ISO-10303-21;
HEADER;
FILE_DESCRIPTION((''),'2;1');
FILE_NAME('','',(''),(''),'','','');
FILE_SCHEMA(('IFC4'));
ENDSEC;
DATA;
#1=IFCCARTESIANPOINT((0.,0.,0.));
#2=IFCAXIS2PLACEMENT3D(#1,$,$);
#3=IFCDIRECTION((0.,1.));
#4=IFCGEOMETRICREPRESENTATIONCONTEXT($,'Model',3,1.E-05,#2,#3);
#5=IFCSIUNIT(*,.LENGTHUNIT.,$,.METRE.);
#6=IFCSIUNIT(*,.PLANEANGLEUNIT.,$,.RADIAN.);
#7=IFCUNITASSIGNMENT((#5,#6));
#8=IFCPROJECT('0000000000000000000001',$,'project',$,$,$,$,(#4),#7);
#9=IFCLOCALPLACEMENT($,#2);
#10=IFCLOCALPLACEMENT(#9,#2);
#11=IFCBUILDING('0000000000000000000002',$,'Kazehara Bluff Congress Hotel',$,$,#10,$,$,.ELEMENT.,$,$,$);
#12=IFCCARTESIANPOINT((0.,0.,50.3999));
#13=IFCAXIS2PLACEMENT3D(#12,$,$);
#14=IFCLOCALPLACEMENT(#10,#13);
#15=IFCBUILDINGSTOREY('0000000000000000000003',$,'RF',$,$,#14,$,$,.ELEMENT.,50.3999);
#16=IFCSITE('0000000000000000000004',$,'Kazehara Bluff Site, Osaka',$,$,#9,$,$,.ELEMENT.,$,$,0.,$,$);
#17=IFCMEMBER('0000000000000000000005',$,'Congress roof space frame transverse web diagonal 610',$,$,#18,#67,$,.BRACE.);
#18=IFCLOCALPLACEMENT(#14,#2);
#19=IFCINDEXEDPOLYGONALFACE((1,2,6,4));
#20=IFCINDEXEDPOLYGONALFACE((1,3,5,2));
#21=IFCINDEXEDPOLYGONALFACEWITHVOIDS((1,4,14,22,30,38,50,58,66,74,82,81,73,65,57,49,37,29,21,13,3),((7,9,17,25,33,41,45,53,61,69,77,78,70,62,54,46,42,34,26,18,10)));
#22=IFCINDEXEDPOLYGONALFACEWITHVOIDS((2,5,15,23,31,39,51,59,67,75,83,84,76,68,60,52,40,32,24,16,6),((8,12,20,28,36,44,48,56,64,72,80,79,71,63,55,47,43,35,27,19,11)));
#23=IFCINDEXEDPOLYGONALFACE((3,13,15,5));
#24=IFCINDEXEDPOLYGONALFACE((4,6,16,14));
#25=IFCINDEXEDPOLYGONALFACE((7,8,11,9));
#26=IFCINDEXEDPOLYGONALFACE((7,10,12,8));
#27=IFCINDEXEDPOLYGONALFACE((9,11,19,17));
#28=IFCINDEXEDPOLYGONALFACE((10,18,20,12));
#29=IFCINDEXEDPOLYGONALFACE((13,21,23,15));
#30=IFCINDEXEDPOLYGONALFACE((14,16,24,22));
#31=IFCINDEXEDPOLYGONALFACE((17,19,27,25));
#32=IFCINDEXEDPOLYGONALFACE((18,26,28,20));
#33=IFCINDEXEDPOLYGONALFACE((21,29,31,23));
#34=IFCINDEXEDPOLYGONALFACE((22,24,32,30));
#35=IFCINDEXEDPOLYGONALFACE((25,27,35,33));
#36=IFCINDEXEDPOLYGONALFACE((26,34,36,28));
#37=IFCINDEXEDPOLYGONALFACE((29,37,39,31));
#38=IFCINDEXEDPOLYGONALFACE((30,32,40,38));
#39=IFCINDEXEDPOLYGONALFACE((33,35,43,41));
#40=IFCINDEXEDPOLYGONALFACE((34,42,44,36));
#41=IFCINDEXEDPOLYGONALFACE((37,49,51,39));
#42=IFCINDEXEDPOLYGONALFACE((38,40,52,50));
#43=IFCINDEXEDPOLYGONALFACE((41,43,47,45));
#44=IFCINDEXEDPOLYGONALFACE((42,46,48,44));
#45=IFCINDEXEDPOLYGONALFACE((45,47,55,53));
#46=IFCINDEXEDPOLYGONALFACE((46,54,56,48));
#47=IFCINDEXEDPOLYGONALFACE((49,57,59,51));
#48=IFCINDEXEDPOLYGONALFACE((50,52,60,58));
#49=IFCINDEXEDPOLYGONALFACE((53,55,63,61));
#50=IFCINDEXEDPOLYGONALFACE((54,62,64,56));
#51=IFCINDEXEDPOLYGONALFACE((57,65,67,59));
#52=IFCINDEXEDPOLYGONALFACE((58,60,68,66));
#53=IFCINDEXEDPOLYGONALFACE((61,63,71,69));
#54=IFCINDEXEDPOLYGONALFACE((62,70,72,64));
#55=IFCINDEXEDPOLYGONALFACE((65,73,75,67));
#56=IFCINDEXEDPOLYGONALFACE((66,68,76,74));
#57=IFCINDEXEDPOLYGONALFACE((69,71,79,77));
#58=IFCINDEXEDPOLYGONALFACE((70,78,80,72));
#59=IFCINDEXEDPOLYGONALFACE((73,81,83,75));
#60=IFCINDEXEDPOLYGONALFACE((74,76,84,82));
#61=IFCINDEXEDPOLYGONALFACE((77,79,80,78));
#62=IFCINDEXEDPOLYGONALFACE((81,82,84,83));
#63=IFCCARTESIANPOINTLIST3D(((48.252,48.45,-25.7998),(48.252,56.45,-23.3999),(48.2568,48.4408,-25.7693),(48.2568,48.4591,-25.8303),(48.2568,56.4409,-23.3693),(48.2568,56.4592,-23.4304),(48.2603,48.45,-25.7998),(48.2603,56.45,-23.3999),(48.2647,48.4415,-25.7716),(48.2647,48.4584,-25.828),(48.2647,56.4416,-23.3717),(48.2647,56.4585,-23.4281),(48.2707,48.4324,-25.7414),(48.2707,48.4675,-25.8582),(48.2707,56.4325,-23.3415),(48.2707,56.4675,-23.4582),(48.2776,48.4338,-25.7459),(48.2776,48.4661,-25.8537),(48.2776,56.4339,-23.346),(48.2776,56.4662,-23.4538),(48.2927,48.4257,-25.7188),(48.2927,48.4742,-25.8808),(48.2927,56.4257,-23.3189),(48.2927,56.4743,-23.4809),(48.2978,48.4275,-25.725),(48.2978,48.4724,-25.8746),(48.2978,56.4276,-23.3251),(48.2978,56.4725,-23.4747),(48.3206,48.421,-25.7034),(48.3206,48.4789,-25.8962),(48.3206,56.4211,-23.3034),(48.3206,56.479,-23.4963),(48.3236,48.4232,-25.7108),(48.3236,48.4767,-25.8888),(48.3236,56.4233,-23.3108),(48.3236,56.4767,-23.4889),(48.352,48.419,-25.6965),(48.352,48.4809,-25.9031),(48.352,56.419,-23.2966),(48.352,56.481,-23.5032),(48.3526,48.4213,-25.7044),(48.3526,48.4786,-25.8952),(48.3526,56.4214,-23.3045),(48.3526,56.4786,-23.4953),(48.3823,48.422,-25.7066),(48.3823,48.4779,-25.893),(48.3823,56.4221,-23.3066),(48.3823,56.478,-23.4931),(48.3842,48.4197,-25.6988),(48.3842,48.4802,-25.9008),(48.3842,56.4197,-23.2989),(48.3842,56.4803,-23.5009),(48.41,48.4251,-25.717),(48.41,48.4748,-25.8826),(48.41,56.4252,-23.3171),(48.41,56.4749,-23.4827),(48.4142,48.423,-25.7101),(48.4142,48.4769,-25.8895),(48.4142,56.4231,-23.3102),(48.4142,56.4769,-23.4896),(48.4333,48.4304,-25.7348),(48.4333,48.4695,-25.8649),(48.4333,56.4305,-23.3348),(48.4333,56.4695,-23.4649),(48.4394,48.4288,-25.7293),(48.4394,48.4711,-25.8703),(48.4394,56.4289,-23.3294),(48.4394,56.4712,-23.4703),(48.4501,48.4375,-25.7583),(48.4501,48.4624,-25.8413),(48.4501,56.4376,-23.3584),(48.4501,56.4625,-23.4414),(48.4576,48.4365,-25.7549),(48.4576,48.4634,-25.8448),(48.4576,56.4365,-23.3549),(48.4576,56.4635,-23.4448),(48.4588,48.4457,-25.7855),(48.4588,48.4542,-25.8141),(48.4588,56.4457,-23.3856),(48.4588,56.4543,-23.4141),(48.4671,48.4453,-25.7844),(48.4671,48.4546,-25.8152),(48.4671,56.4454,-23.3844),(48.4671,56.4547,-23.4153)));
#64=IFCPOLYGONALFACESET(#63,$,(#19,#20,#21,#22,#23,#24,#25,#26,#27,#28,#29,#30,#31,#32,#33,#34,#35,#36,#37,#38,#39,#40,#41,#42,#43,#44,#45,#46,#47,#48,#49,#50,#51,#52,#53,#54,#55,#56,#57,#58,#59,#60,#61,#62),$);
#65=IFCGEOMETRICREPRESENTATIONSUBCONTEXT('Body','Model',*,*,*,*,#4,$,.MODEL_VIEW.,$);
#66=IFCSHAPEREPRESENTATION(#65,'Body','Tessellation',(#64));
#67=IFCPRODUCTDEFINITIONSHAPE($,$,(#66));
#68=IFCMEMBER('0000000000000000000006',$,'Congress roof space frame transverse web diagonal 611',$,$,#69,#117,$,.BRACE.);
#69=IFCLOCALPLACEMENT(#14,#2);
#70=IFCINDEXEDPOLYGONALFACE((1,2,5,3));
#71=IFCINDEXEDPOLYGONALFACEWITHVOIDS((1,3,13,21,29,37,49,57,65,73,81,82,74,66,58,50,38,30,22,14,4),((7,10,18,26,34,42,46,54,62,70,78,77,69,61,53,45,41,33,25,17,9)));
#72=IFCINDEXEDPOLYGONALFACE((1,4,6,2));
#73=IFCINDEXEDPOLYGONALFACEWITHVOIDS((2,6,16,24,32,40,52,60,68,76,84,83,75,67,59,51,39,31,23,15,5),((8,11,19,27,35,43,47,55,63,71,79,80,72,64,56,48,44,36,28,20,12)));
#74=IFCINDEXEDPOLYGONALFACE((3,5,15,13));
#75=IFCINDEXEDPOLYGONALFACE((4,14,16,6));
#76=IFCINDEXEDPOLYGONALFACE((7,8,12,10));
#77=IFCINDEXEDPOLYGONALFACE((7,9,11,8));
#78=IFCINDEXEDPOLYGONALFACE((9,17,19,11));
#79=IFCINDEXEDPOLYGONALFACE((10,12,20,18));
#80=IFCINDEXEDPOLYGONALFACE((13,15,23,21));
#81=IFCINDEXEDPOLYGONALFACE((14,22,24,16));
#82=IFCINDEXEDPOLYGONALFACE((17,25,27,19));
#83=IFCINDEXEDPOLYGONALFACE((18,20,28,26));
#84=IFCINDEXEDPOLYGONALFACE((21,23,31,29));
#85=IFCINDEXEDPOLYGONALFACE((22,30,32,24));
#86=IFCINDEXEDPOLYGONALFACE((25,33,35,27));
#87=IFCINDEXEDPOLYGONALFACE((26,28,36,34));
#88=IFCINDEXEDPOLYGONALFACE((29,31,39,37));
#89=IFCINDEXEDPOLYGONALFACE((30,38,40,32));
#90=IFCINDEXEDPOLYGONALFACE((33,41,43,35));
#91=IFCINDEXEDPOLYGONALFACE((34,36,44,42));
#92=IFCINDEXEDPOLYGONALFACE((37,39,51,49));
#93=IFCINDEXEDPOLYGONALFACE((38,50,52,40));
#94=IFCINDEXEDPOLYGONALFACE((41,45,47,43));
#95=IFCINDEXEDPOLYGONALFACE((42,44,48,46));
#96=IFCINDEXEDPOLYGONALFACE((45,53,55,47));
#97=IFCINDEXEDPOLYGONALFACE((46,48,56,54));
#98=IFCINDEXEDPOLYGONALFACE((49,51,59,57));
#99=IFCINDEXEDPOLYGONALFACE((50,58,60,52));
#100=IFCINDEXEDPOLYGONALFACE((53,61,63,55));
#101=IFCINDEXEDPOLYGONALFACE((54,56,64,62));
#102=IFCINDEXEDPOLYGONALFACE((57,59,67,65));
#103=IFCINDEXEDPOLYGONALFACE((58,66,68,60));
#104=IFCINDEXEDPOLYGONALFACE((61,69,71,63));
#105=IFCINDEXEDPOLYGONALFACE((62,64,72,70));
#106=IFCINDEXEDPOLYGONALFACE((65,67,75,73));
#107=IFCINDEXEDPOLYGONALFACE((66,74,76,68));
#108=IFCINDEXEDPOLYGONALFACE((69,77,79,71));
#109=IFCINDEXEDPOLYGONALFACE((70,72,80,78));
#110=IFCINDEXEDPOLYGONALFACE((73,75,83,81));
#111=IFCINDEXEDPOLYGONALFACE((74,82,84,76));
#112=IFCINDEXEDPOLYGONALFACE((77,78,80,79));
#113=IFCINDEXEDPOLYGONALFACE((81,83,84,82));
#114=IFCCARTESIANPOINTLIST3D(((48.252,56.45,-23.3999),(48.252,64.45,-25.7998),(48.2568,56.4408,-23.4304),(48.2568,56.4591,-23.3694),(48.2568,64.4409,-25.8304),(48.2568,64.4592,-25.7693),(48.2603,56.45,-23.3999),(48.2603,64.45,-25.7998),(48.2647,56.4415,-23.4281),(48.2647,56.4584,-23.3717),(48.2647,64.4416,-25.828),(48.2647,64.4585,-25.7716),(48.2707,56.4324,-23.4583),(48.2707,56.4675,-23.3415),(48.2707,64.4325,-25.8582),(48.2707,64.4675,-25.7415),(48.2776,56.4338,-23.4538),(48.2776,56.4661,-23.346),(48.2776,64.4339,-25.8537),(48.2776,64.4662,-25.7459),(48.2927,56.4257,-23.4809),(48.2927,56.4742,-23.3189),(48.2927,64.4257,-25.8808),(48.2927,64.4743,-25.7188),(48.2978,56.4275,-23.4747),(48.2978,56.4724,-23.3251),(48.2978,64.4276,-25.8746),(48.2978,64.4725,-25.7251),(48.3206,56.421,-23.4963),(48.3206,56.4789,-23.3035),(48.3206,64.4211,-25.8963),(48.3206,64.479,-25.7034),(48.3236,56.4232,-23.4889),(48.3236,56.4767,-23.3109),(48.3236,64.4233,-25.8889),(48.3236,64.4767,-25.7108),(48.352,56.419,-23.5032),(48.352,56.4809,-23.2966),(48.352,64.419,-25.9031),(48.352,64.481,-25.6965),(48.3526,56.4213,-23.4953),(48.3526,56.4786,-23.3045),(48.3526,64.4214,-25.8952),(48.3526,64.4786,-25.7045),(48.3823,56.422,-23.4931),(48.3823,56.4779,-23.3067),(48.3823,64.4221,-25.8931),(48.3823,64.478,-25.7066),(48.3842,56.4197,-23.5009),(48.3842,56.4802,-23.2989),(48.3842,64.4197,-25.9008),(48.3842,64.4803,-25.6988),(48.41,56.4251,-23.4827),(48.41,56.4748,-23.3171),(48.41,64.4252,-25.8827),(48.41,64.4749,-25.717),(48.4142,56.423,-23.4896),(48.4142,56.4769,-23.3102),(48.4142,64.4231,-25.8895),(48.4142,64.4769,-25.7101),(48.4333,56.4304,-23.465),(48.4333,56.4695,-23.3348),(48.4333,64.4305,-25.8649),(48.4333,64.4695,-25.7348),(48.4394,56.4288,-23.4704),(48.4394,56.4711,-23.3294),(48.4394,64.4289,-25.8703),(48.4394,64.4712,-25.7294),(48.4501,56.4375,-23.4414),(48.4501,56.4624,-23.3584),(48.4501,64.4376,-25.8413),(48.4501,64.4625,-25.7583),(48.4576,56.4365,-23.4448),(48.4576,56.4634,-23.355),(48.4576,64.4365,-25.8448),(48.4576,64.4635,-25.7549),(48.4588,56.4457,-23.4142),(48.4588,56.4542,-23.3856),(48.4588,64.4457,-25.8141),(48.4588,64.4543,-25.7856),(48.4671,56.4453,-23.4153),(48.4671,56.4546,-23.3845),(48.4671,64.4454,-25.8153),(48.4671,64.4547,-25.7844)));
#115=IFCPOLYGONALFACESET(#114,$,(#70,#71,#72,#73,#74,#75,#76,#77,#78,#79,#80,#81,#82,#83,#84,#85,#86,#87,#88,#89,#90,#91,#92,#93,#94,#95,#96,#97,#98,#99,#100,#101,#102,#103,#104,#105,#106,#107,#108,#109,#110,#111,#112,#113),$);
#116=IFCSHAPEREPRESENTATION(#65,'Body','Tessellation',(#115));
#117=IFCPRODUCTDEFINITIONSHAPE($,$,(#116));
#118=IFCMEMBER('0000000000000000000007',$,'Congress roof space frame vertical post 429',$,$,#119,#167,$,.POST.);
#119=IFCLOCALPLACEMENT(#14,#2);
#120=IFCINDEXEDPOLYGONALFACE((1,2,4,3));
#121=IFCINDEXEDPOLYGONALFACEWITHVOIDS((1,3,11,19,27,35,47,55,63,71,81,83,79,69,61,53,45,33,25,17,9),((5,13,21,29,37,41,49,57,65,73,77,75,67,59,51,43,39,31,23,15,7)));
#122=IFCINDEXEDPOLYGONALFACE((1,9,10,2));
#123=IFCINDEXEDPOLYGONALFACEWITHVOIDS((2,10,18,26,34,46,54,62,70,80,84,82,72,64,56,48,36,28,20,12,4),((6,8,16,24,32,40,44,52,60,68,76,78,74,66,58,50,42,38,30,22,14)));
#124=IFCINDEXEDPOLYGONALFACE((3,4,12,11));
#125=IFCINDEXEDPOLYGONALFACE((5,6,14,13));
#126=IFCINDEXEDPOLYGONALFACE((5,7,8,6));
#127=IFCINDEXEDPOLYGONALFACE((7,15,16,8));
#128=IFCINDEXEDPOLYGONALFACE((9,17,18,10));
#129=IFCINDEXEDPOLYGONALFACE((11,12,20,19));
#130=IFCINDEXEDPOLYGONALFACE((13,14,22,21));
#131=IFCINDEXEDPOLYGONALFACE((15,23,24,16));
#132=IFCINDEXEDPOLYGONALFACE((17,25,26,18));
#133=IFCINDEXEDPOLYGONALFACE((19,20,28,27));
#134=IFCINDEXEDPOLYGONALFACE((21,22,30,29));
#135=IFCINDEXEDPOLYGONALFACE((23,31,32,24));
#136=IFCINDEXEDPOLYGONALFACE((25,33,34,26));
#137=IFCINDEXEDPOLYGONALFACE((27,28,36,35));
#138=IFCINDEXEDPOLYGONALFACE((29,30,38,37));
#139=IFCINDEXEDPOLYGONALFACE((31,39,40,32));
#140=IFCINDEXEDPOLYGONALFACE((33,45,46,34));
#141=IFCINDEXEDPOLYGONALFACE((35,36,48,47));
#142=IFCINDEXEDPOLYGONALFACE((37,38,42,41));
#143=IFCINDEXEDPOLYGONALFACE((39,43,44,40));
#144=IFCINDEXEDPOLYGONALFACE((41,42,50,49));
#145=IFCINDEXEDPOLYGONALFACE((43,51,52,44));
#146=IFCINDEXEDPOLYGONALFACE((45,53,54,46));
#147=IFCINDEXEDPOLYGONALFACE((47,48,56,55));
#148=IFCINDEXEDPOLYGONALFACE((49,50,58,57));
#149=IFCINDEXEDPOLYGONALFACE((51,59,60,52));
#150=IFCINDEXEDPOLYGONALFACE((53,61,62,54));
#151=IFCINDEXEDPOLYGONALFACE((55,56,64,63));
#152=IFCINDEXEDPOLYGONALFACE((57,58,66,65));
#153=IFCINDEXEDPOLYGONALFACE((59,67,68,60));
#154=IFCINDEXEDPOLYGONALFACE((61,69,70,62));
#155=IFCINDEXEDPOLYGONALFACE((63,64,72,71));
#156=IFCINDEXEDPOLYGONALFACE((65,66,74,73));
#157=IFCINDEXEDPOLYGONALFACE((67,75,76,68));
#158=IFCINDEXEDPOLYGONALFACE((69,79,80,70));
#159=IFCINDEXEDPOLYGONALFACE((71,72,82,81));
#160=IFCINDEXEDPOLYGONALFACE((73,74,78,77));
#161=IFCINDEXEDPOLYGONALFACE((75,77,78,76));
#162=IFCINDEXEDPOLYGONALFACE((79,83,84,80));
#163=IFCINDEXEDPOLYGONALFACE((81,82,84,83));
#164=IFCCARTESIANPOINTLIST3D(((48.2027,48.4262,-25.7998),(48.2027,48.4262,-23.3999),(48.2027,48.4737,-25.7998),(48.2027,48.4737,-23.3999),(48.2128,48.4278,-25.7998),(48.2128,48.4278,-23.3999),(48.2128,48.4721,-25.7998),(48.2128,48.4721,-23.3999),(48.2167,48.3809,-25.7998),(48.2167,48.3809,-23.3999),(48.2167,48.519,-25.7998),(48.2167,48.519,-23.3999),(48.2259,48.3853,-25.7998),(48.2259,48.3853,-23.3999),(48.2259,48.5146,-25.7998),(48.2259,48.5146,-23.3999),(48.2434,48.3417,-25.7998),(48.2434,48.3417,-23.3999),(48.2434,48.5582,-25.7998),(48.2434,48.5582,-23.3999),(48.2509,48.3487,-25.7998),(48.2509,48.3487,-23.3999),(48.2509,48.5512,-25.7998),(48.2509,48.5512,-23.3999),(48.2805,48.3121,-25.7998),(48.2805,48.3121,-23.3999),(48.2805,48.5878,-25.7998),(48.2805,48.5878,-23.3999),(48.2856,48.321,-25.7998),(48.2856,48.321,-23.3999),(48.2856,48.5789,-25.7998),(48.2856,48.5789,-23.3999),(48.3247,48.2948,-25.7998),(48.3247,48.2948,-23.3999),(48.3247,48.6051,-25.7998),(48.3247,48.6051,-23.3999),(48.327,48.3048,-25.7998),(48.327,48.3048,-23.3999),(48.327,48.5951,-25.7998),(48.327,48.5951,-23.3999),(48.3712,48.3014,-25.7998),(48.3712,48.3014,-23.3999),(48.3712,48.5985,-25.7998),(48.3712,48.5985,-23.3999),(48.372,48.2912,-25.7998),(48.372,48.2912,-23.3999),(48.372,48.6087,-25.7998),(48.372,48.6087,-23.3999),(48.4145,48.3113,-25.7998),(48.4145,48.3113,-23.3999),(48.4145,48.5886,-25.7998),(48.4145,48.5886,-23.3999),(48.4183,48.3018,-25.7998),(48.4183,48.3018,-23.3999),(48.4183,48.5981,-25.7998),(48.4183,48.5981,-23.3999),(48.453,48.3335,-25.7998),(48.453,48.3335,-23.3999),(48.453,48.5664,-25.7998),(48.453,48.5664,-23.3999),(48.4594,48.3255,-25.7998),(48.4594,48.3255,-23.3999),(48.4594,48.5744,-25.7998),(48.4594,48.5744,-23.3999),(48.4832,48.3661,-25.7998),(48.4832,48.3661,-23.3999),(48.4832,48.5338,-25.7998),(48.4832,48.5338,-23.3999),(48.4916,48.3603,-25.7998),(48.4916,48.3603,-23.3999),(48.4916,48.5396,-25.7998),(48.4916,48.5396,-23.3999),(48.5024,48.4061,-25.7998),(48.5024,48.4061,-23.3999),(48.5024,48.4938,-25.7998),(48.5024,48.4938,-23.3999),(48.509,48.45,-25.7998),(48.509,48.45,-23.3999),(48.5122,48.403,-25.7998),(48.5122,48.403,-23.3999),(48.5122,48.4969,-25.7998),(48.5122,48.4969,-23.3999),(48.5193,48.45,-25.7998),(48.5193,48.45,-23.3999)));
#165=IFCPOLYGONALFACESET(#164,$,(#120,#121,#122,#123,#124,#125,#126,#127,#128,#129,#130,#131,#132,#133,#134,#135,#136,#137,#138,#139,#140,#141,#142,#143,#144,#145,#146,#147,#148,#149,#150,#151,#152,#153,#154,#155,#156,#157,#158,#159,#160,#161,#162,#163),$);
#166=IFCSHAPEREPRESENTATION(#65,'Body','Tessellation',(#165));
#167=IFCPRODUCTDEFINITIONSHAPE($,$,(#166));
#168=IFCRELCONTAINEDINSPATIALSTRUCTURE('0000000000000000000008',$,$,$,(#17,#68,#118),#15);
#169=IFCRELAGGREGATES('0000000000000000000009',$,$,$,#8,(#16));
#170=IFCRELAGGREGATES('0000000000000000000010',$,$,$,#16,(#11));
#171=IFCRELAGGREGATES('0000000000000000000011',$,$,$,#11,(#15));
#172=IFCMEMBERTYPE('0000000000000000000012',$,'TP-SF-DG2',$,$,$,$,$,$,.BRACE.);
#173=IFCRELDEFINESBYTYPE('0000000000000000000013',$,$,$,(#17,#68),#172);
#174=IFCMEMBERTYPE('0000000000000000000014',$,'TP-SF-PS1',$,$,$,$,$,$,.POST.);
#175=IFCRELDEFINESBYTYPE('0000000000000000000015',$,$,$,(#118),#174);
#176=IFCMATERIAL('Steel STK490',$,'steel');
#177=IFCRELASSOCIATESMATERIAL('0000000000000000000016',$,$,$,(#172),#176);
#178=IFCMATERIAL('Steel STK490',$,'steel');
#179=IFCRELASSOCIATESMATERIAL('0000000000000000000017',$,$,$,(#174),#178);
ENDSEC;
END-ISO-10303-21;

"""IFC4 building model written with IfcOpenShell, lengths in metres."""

from ifc_helpers import new_model, si_unit, direction, frame, origin, origin_2d, place, context, subcontext, project, spatial, hollow_circle, extrude, material, material_profile, profile_set, type_object, element, save


model = new_model("IFC4")

# Units and contexts
model_context = context("Model", 3, precision=1e-05, world=origin(), true_north=direction((0.0, 1.0)))
body_context = subcontext(model_context, "Body", "Model", "MODEL_VIEW")
ifc_project = project(units=[si_unit("LENGTHUNIT", "METRE"), si_unit("PLANEANGLEUNIT", "RADIAN")], contexts=[model_context])

# Site, building, storey
site_placement = place(None, origin())
site = spatial("IfcSite", under=ifc_project, at=site_placement, Name="Kazehara Bluff Site, Osaka", CompositionType="ELEMENT", RefElevation=0.0)
building_placement = place(site_placement, origin())
building = spatial("IfcBuilding", under=site, at=building_placement, Name="Kazehara Bluff Congress Hotel", CompositionType="ELEMENT")
storey_placement = place(building_placement, frame((0.0, 0.0, 50.3999)))
storey = spatial("IfcBuildingStorey", under=building, at=storey_placement, Name="RF", CompositionType="ELEMENT", Elevation=50.3999)

# Members
ifc_material_1 = material(Name="Steel STK490", Category="steel")
ifc_material_profile_1 = material_profile(ifc_material_1, hollow_circle(Radius=0.1082, WallThickness=0.0083, at=origin_2d()))
ifc_profile_set_1 = profile_set([ifc_material_profile_1], Name="Steel STK490")
member_type_1 = type_object("IfcMemberType", Name="TP-SF-DG2", PredefinedType="BRACE", material=ifc_profile_set_1)
for number, where, z_axis, x_axis, name in (
    (1, (48.3601, 48.45, -25.7998), (0.0, 0.95783, 0.287337), (-1.0, 0.0, 0.0), "Congress roof space frame transverse web diagonal 610"),
    (2, (48.3601, 56.45, -23.3999), (0.0, 0.95783, -0.287337), (-1.0, 0.0, 0.0), "Congress roof space frame transverse web diagonal 611"),
):
    element("IfcMember", number, at=place(storey_placement, frame(where, z_axis=z_axis, x_axis=x_axis)), inside=storey, type_object=member_type_1, Name=name, PredefinedType="BRACE", context=body_context, shape_type="SweptSolid", body=[
        extrude(hollow_circle(Radius=0.1082, WallThickness=0.0083, at=origin_2d()), origin(), (0.0, 0.0, 1.0), 8.3523),
    ])
ifc_material_2 = material(Name="Steel STK490", Category="steel")
ifc_material_profile_2 = material_profile(ifc_material_2, hollow_circle(Radius=0.1592, WallThickness=0.0103, at=origin_2d()))
ifc_profile_set_2 = profile_set([ifc_material_profile_2], Name="Steel STK490")
member_type_2 = type_object("IfcMemberType", Name="TP-SF-PS1", PredefinedType="POST", material=ifc_profile_set_2)
for number, where, z_axis, x_axis, name in (
    (3, (48.3601, 48.45, -25.7998), (0.0, 0.0, 1.0), (1.0, 0.0, 0.0), "Congress roof space frame vertical post 429"),
):
    element("IfcMember", number, at=place(storey_placement, frame(where, z_axis=z_axis, x_axis=x_axis)), inside=storey, type_object=member_type_2, Name=name, PredefinedType="POST", context=body_context, shape_type="SweptSolid", body=[
        extrude(hollow_circle(Radius=0.1592, WallThickness=0.0103, at=origin_2d()), origin(), (0.0, 0.0, 1.0), 2.3999),
    ])

save(model, "model.ifc")
